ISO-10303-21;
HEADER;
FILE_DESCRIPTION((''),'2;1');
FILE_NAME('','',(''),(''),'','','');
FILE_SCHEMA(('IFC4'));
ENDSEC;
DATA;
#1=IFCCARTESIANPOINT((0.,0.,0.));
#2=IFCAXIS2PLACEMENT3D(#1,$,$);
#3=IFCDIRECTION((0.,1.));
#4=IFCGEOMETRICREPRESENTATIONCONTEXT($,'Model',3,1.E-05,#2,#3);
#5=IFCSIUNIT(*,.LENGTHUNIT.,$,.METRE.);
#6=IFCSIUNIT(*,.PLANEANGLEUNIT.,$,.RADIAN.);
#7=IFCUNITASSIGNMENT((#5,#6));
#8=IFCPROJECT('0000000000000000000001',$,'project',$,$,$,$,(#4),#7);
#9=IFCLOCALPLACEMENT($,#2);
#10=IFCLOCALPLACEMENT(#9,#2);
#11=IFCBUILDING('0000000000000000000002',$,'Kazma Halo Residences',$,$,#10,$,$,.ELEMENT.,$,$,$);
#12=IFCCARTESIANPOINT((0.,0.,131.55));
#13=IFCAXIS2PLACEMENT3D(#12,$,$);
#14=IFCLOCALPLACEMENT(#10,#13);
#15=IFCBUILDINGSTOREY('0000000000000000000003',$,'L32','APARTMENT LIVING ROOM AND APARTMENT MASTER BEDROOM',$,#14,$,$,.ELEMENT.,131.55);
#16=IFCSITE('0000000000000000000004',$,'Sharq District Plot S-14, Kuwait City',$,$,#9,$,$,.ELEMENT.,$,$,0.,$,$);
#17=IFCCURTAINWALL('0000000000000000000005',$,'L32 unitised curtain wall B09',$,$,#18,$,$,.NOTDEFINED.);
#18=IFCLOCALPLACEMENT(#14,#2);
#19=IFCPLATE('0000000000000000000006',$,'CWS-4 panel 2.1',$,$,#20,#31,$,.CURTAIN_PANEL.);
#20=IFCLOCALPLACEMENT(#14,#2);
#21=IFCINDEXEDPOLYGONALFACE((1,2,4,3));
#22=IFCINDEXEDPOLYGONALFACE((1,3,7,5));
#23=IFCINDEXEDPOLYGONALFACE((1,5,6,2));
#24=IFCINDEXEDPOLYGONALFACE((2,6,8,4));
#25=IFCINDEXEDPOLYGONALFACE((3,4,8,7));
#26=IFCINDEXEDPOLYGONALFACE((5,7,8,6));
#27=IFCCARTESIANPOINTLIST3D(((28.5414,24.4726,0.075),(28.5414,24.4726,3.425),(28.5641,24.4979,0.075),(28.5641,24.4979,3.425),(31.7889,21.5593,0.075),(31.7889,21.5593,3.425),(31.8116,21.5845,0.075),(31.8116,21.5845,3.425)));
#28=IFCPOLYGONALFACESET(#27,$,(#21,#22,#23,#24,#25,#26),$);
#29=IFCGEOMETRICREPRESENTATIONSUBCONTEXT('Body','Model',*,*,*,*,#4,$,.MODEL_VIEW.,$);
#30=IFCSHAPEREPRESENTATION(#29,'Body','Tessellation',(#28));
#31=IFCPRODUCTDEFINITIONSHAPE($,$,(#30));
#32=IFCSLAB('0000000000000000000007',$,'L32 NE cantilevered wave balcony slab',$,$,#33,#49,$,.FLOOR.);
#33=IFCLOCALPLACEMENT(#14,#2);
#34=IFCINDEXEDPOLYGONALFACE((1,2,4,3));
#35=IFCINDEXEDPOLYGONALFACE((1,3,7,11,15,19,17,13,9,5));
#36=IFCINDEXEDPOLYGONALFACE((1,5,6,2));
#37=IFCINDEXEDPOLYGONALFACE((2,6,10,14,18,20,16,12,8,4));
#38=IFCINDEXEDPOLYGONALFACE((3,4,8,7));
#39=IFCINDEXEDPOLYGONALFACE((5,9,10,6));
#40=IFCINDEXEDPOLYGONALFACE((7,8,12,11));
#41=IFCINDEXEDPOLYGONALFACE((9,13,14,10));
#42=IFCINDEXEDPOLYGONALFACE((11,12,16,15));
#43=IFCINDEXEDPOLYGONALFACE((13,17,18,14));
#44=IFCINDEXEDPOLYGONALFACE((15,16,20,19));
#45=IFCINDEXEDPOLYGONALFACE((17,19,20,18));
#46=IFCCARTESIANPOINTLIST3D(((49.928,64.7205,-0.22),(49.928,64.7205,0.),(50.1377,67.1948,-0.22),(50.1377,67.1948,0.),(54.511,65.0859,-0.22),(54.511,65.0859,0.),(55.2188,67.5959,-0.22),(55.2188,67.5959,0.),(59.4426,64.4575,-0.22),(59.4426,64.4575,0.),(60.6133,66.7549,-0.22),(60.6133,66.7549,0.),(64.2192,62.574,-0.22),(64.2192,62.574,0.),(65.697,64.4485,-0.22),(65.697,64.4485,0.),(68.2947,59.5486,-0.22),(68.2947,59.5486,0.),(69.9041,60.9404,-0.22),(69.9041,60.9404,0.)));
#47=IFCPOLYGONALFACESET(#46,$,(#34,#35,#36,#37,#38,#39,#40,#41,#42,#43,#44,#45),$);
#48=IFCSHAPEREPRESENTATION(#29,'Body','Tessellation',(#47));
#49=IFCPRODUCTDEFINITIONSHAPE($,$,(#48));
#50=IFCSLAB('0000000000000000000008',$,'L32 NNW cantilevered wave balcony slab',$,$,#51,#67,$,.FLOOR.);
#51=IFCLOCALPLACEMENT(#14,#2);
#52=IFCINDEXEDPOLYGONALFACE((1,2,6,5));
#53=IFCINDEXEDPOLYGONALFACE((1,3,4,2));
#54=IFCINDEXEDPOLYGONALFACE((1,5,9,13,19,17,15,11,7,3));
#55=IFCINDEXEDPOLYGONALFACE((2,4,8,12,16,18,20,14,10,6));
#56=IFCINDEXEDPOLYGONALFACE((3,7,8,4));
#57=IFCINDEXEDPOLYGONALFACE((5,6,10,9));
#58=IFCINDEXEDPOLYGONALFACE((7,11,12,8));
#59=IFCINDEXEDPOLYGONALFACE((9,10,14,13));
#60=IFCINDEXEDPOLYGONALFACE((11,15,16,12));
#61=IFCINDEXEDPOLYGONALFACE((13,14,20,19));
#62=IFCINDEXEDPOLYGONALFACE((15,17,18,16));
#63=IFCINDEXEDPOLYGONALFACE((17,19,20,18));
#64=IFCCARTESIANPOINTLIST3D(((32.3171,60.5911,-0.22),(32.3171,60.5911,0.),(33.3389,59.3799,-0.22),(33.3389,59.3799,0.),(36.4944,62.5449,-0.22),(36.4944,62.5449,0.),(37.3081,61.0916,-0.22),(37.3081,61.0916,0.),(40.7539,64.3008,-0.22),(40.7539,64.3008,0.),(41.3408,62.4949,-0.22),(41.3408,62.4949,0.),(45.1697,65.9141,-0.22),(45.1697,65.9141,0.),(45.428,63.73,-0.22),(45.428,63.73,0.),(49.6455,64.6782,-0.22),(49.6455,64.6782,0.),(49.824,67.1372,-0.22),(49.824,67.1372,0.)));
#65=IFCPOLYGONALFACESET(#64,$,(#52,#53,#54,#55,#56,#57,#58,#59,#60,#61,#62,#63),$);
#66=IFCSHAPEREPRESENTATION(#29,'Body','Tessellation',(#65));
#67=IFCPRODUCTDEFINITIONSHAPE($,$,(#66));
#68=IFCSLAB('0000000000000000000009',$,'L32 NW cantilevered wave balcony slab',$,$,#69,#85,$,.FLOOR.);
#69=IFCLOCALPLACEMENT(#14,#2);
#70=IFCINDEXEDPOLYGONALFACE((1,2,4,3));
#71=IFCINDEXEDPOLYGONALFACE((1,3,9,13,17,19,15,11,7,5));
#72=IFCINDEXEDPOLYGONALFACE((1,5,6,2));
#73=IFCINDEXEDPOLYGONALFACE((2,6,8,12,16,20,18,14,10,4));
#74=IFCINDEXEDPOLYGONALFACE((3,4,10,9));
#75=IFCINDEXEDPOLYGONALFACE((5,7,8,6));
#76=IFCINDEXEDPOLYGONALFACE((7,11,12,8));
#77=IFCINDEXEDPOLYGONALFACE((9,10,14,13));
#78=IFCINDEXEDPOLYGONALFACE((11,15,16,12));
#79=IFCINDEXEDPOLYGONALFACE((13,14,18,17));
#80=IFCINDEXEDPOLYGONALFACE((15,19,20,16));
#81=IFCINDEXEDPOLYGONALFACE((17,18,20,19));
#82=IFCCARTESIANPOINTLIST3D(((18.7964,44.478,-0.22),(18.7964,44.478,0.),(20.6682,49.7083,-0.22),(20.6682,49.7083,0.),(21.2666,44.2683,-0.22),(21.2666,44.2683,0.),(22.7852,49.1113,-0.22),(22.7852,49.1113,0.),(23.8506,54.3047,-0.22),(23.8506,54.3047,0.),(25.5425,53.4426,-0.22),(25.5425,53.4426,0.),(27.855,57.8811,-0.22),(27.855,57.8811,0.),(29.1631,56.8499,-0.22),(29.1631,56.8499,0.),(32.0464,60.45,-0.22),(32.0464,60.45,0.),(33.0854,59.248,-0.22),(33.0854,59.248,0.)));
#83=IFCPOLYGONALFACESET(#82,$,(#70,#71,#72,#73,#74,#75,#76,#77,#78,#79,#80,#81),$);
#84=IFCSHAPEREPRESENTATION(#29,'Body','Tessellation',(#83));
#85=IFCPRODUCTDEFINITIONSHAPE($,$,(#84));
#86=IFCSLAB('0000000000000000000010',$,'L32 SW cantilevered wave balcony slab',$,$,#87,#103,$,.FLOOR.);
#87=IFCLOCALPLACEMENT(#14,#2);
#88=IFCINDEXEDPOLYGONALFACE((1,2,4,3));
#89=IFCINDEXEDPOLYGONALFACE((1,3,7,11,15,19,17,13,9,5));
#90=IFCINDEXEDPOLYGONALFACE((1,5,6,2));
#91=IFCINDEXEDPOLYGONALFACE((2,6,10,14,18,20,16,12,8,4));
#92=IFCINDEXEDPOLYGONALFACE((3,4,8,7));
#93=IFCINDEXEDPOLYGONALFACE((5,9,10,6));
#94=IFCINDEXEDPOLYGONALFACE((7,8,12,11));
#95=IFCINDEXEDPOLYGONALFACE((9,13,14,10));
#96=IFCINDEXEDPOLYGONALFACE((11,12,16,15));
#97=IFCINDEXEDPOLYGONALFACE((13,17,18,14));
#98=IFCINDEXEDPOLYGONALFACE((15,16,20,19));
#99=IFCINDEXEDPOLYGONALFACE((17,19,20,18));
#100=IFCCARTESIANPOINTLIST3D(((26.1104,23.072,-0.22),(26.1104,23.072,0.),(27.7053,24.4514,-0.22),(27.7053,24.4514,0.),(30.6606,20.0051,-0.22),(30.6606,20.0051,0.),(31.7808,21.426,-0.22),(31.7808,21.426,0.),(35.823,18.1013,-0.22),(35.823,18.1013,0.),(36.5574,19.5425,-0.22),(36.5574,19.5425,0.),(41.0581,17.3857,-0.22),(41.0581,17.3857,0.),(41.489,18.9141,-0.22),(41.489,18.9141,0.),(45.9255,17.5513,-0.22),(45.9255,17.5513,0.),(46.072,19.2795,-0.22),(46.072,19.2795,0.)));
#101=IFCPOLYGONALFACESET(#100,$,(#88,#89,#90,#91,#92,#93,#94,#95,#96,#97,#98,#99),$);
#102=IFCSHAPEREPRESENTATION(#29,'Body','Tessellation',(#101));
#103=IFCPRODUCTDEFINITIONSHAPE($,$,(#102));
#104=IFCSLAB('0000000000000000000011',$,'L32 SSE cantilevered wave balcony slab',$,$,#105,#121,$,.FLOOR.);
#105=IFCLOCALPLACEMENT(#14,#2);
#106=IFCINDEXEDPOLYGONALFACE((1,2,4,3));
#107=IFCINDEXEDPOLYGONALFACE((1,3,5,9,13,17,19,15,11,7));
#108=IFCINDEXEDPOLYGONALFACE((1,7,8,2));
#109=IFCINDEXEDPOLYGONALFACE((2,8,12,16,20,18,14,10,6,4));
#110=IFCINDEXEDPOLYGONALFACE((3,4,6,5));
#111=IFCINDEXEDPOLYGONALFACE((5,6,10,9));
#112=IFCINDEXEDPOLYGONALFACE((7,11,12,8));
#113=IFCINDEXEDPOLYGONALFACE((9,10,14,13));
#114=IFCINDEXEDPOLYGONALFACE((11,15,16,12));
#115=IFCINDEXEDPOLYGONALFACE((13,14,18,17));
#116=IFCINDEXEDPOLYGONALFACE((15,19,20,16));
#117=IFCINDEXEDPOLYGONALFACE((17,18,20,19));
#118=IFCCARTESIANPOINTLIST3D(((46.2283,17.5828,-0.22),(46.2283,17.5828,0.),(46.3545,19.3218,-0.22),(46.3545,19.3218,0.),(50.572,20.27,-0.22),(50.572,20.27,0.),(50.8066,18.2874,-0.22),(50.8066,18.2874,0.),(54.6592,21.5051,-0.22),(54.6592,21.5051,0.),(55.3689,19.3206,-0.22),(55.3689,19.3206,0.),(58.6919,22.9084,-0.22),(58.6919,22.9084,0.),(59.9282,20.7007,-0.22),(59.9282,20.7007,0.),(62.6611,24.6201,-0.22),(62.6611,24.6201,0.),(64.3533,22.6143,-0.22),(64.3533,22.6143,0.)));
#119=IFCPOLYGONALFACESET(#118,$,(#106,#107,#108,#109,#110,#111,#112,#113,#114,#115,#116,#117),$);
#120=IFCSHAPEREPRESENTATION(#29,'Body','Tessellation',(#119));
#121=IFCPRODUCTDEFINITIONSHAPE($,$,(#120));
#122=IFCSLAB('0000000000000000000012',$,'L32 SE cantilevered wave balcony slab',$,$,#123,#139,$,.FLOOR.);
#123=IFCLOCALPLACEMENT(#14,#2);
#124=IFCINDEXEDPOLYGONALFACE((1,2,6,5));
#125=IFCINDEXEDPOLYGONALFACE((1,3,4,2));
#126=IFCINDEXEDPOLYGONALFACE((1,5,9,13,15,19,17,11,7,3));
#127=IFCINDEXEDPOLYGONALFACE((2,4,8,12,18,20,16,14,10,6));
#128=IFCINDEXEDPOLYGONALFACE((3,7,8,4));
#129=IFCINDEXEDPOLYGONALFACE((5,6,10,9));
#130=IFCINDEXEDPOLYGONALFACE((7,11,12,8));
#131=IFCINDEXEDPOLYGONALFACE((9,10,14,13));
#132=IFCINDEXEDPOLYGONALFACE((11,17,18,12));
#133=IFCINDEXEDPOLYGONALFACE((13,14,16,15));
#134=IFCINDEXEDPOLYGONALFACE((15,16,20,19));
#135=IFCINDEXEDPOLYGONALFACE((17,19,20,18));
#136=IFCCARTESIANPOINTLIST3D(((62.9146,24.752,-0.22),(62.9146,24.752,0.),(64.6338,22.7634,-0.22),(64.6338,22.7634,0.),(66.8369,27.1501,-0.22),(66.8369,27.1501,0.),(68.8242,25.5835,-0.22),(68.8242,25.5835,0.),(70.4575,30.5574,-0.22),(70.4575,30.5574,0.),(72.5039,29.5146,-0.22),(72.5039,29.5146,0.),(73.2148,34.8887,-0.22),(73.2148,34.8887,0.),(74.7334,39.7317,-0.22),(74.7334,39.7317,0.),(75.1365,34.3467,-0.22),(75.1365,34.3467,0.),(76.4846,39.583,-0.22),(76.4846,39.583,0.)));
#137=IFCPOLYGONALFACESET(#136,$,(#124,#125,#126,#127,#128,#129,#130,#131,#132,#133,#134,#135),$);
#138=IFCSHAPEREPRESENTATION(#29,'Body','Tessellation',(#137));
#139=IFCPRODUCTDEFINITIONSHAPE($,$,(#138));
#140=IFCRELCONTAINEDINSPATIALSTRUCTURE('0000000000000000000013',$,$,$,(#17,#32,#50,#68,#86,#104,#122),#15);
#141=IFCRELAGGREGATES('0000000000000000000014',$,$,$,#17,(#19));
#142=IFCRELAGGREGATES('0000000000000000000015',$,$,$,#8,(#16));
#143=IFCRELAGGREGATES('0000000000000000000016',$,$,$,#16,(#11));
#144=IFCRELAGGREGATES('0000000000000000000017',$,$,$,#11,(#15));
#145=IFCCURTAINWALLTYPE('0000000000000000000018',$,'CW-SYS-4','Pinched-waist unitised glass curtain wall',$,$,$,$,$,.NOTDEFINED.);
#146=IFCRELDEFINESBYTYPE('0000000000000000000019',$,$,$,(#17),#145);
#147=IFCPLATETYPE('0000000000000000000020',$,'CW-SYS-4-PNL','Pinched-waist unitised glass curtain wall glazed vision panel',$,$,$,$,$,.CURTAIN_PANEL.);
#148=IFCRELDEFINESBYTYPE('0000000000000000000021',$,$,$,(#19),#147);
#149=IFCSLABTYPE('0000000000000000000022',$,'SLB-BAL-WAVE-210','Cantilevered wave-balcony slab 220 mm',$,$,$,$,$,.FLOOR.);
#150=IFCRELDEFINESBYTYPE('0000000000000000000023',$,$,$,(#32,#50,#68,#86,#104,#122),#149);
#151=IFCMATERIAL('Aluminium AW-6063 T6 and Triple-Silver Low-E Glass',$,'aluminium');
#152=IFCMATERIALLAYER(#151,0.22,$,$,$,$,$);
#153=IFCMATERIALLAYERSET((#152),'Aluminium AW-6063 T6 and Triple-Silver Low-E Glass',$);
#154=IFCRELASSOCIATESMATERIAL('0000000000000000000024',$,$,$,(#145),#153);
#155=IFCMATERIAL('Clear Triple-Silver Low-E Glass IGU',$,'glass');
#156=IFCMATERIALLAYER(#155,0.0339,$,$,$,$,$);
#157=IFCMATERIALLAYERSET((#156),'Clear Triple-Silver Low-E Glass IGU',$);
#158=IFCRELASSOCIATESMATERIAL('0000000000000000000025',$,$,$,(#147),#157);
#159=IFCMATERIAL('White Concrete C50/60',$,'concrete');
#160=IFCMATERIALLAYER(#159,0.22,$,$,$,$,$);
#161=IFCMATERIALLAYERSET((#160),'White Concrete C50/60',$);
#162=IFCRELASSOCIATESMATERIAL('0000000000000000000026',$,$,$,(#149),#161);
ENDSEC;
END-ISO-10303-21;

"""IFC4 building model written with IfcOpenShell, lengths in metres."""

from ifc_helpers import new_model, si_unit, direction, frame, origin, origin_2d, place, context, subcontext, project, spatial, polyline, rectangle, outline, extrude, material, layer, layer_set, type_object, element, aggregate, save


model = new_model("IFC4")

# Units and contexts
model_context = context("Model", 3, precision=1e-05, world=origin(), true_north=direction((0.0, 1.0)))
body_context = subcontext(model_context, "Body", "Model", "MODEL_VIEW")
ifc_project = project(units=[si_unit("LENGTHUNIT", "METRE"), si_unit("PLANEANGLEUNIT", "RADIAN")], contexts=[model_context])

# Site, building, storey
site_placement = place(None, origin())
site = spatial("IfcSite", under=ifc_project, at=site_placement, Name="Sharq District Plot S-14, Kuwait City", CompositionType="ELEMENT", RefElevation=0.0)
building_placement = place(site_placement, origin())
building = spatial("IfcBuilding", under=site, at=building_placement, Name="Kazma Halo Residences", CompositionType="ELEMENT")
storey_placement = place(building_placement, frame((0.0, 0.0, 131.55)))
storey = spatial("IfcBuildingStorey", under=building, at=storey_placement, Name="L32", Description="APARTMENT LIVING ROOM AND APARTMENT MASTER BEDROOM", CompositionType="ELEMENT", Elevation=131.55)

# Curtain wall, plate
ifc_material_1 = material(Name="Aluminium AW-6063 T6 and Triple-Silver Low-E Glass", Category="aluminium")
ifc_layer_1 = layer(ifc_material_1, 0.22)
ifc_layer_set_1 = layer_set([ifc_layer_1], Name="Aluminium AW-6063 T6 and Triple-Silver Low-E Glass")
curtain_wall_type = type_object("IfcCurtainWallType", Name="CW-SYS-4", Description="Pinched-waist unitised glass curtain wall", PredefinedType="NOTDEFINED", material=ifc_layer_set_1)
curtain_wall_placement = place(storey_placement, origin())
curtain_wall = element("IfcCurtainWall", 1, at=curtain_wall_placement, inside=storey, type_object=curtain_wall_type, Name="L32 unitised curtain wall B09", PredefinedType="NOTDEFINED")
ifc_material_2 = material(Name="Clear Triple-Silver Low-E Glass IGU", Category="glass")
ifc_layer_2 = layer(ifc_material_2, 0.0339)
ifc_layer_set_2 = layer_set([ifc_layer_2], Name="Clear Triple-Silver Low-E Glass IGU")
plate_type = type_object("IfcPlateType", Name="CW-SYS-4-PNL", Description="Pinched-waist unitised glass curtain wall glazed vision panel", PredefinedType="CURTAIN_PANEL", material=ifc_layer_set_2)
plate_1_placement = place(storey_placement, frame((30.1765, 23.0286, 0.075), z_axis=(0.0, 0.0, 1.0), x_axis=(0.744368, -0.66777, 0.0)))
plate_1 = element("IfcPlate", 2, at=plate_1_placement, type_object=plate_type, Name="CWS-4 panel 2.1", PredefinedType="CURTAIN_PANEL", context=body_context, shape_type="SweptSolid", body=[
    extrude(rectangle(XDim=4.3628, YDim=0.0339, at=origin_2d()), origin(), (0.0, 0.0, 1.0), 3.3501),
])
aggregate(curtain_wall, [plate_1])

# Slabs
ifc_material_3 = material(Name="White Concrete C50/60", Category="concrete")
ifc_layer_3 = layer(ifc_material_3, 0.22)
ifc_layer_set_3 = layer_set([ifc_layer_3], Name="White Concrete C50/60")
slab_type_1 = type_object("IfcSlabType", Name="SLB-BAL-WAVE-210", Description="Cantilevered wave-balcony slab 220 mm", PredefinedType="FLOOR", material=ifc_layer_set_3)
slab_1_placement = place(storey_placement, frame((0.0, 0.0, -0.22)))
element("IfcSlab", 3, at=slab_1_placement, inside=storey, type_object=slab_type_1, Name="L32 NE cantilevered wave balcony slab", PredefinedType="FLOOR", context=body_context, shape_type="SweptSolid", body=[
    extrude(outline(polyline([(68.2947, 59.5486), (64.2192, 62.574), (59.4426, 64.4575), (54.511, 65.0859), (49.928, 64.7205), (50.1377, 67.1948), (55.2188, 67.5959), (60.6133, 66.7549), (65.697, 64.4485), (69.9041, 60.9404), (68.2947, 59.5486)])), origin(), (0.0, 0.0, 1.0), 0.22),
])
slab_2_placement = place(storey_placement, frame((0.0, 0.0, -0.22)))
element("IfcSlab", 4, at=slab_2_placement, inside=storey, type_object=slab_type_1, Name="L32 NNW cantilevered wave balcony slab", PredefinedType="FLOOR", context=body_context, shape_type="SweptSolid", body=[
    extrude(outline(polyline([(49.6455, 64.6782), (45.428, 63.73), (41.3408, 62.4949), (37.3081, 61.0916), (33.3389, 59.3799), (32.3171, 60.5911), (36.4944, 62.5449), (40.7539, 64.3008), (45.1697, 65.9141), (49.824, 67.1372), (49.6455, 64.6782)])), origin(), (0.0, 0.0, 1.0), 0.22),
])
slab_3_placement = place(storey_placement, frame((0.0, 0.0, -0.22)))
element("IfcSlab", 5, at=slab_3_placement, inside=storey, type_object=slab_type_1, Name="L32 NW cantilevered wave balcony slab", PredefinedType="FLOOR", context=body_context, shape_type="SweptSolid", body=[
    extrude(outline(polyline([(33.0854, 59.248), (29.1631, 56.8499), (25.5425, 53.4426), (22.7852, 49.1113), (21.2666, 44.2683), (18.7964, 44.478), (20.6682, 49.7083), (23.8506, 54.3047), (27.855, 57.8811), (32.0464, 60.45), (33.0854, 59.248)])), origin(), (0.0, 0.0, 1.0), 0.22),
])
slab_4_placement = place(storey_placement, frame((0.0, 0.0, -0.22)))
element("IfcSlab", 6, at=slab_4_placement, inside=storey, type_object=slab_type_1, Name="L32 SW cantilevered wave balcony slab", PredefinedType="FLOOR", context=body_context, shape_type="SweptSolid", body=[
    extrude(outline(polyline([(27.7053, 24.4514), (31.7808, 21.426), (36.5574, 19.5425), (41.489, 18.9141), (46.072, 19.2795), (45.9255, 17.5513), (41.0581, 17.3857), (35.823, 18.1013), (30.6606, 20.0051), (26.1104, 23.072), (27.7053, 24.4514)])), origin(), (0.0, 0.0, 1.0), 0.22),
])
slab_5_placement = place(storey_placement, frame((0.0, 0.0, -0.22)))
element("IfcSlab", 7, at=slab_5_placement, inside=storey, type_object=slab_type_1, Name="L32 SSE cantilevered wave balcony slab", PredefinedType="FLOOR", context=body_context, shape_type="SweptSolid", body=[
    extrude(outline(polyline([(46.3545, 19.3218), (50.572, 20.27), (54.6592, 21.5051), (58.6919, 22.9084), (62.6611, 24.6201), (64.3533, 22.6143), (59.9282, 20.7007), (55.3689, 19.3206), (50.8066, 18.2874), (46.2283, 17.5828), (46.3545, 19.3218)])), origin(), (0.0, 0.0, 1.0), 0.22),
])
slab_6_placement = place(storey_placement, frame((0.0, 0.0, -0.22)))
element("IfcSlab", 8, at=slab_6_placement, inside=storey, type_object=slab_type_1, Name="L32 SE cantilevered wave balcony slab", PredefinedType="FLOOR", context=body_context, shape_type="SweptSolid", body=[
    extrude(outline(polyline([(62.9146, 24.752), (66.8369, 27.1501), (70.4575, 30.5574), (73.2148, 34.8887), (74.7334, 39.7317), (76.4846, 39.583), (75.1365, 34.3467), (72.5039, 29.5146), (68.8242, 25.5835), (64.6338, 22.7634), (62.9146, 24.752)])), origin(), (0.0, 0.0, 1.0), 0.22),
])

save(model, "model.ifc")
